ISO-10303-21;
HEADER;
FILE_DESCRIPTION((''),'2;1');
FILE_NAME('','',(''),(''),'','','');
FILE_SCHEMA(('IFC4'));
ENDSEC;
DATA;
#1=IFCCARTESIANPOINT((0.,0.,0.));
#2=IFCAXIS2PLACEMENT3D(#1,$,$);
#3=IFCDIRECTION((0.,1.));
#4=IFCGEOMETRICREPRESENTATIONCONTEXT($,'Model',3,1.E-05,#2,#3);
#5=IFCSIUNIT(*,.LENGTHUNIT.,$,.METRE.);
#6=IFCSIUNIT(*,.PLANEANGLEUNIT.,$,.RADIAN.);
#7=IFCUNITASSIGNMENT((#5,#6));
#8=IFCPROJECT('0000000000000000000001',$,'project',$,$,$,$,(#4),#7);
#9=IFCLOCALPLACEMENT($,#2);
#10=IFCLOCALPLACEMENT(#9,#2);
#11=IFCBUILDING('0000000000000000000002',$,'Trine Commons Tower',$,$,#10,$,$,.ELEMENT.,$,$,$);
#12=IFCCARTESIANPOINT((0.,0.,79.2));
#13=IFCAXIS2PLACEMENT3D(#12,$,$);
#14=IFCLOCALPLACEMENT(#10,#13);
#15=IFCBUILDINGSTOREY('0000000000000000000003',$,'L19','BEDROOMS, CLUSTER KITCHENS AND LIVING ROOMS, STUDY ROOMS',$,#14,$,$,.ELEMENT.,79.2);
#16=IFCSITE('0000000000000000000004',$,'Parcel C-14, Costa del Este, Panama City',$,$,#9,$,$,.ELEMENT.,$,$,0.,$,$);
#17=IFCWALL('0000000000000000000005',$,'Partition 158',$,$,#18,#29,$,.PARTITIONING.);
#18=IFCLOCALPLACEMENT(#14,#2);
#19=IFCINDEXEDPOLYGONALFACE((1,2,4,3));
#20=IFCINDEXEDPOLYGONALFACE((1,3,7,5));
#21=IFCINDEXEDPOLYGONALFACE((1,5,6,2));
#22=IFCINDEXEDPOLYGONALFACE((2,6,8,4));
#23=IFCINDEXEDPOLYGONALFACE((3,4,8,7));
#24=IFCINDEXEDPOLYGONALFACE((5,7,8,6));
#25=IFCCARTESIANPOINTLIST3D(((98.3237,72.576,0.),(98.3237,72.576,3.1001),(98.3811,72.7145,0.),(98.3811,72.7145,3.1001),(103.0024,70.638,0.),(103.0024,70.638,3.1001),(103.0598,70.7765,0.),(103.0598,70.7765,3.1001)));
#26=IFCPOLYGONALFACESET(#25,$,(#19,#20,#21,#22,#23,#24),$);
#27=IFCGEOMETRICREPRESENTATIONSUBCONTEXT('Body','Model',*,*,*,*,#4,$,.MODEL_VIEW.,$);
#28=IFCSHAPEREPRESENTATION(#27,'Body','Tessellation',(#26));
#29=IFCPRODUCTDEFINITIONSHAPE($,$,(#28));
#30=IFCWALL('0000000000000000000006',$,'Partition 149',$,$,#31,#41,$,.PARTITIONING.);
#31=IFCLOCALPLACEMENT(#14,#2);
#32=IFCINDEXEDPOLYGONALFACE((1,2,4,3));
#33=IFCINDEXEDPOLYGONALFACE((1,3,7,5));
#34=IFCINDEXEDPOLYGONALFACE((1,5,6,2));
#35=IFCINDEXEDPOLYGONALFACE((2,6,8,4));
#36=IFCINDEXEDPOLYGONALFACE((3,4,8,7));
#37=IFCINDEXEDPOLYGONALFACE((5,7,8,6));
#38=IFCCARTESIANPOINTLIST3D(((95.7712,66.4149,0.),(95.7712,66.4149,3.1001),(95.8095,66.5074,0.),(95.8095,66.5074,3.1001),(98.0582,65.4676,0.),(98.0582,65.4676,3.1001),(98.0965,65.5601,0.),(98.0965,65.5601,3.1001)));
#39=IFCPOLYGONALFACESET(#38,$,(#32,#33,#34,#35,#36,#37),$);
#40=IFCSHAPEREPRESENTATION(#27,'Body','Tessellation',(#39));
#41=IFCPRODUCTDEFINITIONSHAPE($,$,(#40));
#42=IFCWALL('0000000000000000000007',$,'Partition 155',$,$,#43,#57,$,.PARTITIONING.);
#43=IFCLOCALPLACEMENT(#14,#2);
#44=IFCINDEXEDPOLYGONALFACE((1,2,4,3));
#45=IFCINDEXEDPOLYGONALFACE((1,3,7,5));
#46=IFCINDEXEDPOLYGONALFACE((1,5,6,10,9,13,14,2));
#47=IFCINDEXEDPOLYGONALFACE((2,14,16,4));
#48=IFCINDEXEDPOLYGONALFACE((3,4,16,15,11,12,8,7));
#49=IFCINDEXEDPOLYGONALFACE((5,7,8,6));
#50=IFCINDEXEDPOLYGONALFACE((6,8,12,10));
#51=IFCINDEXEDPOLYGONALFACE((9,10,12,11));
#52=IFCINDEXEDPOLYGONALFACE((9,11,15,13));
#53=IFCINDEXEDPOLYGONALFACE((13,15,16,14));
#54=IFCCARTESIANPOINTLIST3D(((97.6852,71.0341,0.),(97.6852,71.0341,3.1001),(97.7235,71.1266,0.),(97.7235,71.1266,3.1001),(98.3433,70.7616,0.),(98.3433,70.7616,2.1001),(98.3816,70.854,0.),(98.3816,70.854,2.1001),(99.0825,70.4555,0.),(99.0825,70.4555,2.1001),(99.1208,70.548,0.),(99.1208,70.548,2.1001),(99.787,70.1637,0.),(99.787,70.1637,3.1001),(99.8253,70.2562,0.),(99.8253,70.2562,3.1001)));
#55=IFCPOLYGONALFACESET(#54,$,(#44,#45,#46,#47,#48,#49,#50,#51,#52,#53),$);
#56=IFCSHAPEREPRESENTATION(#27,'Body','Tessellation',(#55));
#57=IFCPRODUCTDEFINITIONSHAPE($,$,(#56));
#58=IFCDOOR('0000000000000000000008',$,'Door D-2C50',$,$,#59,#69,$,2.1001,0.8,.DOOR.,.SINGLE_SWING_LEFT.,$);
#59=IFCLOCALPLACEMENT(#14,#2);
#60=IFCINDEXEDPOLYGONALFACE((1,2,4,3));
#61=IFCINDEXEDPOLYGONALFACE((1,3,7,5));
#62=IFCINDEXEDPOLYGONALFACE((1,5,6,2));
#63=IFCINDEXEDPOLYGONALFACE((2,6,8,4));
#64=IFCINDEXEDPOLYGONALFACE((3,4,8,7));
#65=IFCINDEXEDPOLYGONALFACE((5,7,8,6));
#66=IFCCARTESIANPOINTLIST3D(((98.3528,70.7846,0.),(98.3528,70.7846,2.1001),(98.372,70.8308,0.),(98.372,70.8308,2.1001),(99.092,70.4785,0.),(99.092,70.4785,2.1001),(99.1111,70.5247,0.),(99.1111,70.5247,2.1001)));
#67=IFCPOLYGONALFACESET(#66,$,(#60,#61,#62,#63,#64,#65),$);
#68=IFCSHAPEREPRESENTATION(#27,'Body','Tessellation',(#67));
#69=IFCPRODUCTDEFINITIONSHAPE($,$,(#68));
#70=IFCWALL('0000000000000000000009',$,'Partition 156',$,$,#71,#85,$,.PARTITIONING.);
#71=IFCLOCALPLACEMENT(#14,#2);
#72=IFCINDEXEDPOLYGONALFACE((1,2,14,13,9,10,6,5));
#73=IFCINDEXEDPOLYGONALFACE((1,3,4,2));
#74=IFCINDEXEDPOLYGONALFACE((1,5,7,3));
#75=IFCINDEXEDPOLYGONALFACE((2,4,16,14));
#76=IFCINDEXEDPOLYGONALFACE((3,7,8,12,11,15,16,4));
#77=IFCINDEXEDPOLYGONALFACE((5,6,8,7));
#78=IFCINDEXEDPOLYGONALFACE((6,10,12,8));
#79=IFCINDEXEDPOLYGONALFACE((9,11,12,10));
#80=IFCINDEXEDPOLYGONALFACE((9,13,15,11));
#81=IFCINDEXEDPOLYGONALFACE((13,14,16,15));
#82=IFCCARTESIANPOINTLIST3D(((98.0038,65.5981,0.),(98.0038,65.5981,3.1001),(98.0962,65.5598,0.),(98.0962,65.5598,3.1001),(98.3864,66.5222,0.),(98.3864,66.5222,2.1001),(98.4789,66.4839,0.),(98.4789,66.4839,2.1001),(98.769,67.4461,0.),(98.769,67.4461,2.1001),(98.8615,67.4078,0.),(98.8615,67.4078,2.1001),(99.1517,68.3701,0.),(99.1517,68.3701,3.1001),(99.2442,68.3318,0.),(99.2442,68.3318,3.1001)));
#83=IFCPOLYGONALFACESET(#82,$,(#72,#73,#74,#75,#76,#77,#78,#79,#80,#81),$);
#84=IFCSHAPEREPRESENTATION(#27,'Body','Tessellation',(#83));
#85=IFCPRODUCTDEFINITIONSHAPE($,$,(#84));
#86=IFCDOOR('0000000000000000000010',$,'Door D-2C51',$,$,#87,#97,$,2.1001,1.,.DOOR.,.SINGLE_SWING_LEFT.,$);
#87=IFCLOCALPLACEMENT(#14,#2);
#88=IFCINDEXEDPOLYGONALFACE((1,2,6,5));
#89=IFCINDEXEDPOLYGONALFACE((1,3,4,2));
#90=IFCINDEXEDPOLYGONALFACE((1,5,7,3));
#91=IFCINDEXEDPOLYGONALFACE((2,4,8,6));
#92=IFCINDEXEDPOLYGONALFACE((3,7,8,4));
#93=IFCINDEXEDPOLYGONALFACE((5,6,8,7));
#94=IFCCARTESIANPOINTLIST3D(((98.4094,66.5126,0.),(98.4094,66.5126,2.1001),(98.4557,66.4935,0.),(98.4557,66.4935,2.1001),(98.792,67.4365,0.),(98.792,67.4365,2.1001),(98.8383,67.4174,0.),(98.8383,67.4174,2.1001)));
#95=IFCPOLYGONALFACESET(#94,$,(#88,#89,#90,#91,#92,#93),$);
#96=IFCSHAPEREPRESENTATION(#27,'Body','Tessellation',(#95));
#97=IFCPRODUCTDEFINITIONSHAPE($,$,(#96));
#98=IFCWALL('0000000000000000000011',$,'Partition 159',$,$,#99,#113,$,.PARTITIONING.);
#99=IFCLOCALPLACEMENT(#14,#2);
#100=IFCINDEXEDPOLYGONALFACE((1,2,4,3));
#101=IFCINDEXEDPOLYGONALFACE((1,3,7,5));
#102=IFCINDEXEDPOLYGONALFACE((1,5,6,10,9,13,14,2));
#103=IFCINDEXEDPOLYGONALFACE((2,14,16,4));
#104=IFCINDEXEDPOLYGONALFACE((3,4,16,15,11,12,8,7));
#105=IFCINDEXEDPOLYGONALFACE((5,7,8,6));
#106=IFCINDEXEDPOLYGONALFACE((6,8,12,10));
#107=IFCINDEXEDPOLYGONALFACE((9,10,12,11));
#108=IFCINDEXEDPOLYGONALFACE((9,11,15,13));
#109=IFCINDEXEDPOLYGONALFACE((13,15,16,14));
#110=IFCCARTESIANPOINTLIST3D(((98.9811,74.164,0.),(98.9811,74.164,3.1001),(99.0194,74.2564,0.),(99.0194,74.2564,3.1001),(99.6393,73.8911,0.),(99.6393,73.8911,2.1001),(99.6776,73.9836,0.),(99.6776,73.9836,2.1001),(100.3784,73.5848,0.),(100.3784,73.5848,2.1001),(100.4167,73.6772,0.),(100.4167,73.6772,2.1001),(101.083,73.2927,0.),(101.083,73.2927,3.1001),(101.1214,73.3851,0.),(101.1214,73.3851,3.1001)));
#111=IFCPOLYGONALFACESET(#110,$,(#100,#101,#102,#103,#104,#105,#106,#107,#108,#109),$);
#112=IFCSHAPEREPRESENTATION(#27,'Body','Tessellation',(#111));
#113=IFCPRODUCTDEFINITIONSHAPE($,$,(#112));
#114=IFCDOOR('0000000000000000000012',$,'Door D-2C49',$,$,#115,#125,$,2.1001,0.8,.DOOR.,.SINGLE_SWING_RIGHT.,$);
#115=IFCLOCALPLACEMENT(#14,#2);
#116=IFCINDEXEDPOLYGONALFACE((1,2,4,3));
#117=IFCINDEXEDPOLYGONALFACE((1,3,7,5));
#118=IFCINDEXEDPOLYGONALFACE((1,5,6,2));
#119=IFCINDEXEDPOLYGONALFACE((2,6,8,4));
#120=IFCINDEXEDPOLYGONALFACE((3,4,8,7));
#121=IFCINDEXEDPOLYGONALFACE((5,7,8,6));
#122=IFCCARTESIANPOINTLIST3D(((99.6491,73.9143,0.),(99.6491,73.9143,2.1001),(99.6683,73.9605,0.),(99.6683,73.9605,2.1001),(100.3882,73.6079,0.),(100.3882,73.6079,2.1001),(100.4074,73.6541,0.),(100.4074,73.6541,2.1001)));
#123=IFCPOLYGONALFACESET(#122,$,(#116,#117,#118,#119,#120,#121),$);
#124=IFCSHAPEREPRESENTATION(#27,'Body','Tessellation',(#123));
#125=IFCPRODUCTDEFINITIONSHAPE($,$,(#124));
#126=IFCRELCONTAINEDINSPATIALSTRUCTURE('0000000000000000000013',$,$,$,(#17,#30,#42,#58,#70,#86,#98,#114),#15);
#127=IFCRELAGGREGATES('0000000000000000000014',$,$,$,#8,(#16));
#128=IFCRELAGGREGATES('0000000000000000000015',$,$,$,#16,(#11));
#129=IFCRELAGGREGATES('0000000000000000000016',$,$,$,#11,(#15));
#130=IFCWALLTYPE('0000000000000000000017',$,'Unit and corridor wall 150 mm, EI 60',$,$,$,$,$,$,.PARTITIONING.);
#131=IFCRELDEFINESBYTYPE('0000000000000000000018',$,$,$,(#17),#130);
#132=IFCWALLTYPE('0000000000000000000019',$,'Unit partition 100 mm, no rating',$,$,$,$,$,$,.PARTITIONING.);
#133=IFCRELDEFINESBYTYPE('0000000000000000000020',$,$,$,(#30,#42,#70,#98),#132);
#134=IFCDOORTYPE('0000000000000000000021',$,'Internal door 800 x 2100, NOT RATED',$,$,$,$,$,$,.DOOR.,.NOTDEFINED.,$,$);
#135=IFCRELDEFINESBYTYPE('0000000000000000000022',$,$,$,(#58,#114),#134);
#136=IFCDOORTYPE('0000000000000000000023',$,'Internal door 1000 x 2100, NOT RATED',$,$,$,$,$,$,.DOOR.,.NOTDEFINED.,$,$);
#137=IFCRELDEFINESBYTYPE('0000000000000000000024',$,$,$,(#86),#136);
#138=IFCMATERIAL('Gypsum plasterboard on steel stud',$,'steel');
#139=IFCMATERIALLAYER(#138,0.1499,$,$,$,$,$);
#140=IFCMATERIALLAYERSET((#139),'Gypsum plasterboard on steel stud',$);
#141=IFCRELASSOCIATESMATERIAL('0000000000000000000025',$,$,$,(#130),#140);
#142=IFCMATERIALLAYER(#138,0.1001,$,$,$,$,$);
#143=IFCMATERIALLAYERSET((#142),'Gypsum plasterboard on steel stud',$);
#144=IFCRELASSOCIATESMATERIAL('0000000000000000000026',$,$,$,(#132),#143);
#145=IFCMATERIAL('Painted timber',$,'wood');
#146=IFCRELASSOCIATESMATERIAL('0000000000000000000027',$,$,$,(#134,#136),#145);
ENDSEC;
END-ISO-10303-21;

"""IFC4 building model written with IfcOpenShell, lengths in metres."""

from ifc_helpers import new_model, si_unit, direction, frame, frame_2d, origin, place, context, subcontext, project, spatial, rectangle, extrude, material, layer, layer_set, type_object, element, fill, save


model = new_model("IFC4")

# Units and contexts
model_context = context("Model", 3, precision=1e-05, world=origin(), true_north=direction((0.0, 1.0)))
body_context = subcontext(model_context, "Body", "Model", "MODEL_VIEW")
ifc_project = project(units=[si_unit("LENGTHUNIT", "METRE"), si_unit("PLANEANGLEUNIT", "RADIAN")], contexts=[model_context])

# Site, building, storey
site_placement = place(None, origin())
site = spatial("IfcSite", under=ifc_project, at=site_placement, Name="Parcel C-14, Costa del Este, Panama City", CompositionType="ELEMENT", RefElevation=0.0)
building_placement = place(site_placement, origin())
building = spatial("IfcBuilding", under=site, at=building_placement, Name="Trine Commons Tower", CompositionType="ELEMENT")
storey_placement = place(building_placement, frame((0.0, 0.0, 79.2)))
storey = spatial("IfcBuildingStorey", under=building, at=storey_placement, Name="L19", Description="BEDROOMS, CLUSTER KITCHENS AND LIVING ROOMS, STUDY ROOMS", CompositionType="ELEMENT", Elevation=79.2)

# Shared definitions
ifc_material_1 = material(Name="Gypsum plasterboard on steel stud", Category="steel")
ifc_layer_1 = layer(ifc_material_1, 0.1499)
ifc_layer_set_1 = layer_set([ifc_layer_1], Name="Gypsum plasterboard on steel stud")
wall_type_1 = type_object("IfcWallType", Name="Unit and corridor wall 150 mm, EI 60", PredefinedType="PARTITIONING", material=ifc_layer_set_1)

# Walls
wall_1_placement = place(storey_placement, frame((98.3523, 72.6453, 0.0), z_axis=(0.0, 0.0, 1.0), x_axis=(0.923879, -0.382684, 0.0)))
element("IfcWall", 1, at=wall_1_placement, inside=storey, type_object=wall_type_1, Name="Partition 158", PredefinedType="PARTITIONING", context=body_context, shape_type="SweptSolid", body=[
    extrude(rectangle(XDim=5.0642, YDim=0.1499, at=frame_2d((2.5322, 0.0))), origin(), (0.0, 0.0, 1.0), 3.1001),
])
ifc_layer_2 = layer(ifc_material_1, 0.1001)
ifc_layer_set_2 = layer_set([ifc_layer_2], Name="Gypsum plasterboard on steel stud")
wall_type_2 = type_object("IfcWallType", Name="Unit partition 100 mm, no rating", PredefinedType="PARTITIONING", material=ifc_layer_set_2)
wall_2_placement = place(storey_placement, frame((95.7903, 66.4612, 0.0), z_axis=(0.0, 0.0, 1.0), x_axis=(0.923877, -0.382689, 0.0)))
element("IfcWall", 2, at=wall_2_placement, inside=storey, type_object=wall_type_2, Name="Partition 149", PredefinedType="PARTITIONING", context=body_context, shape_type="SweptSolid", body=[
    extrude(rectangle(XDim=2.4753, YDim=0.1001, at=frame_2d((1.2378, 0.0))), origin(), (0.0, 0.0, 1.0), 3.1001),
])

# Walls, openings, doors
wall_3_placement = place(storey_placement, frame((97.7043, 71.0803, 0.0), z_axis=(0.0, 0.0, 1.0), x_axis=(0.923916, -0.382595, 0.0)))
wall_3 = element("IfcWall", 3, at=wall_3_placement, inside=storey, type_object=wall_type_2, Name="Partition 155", PredefinedType="PARTITIONING", context=body_context, shape_type="SweptSolid", body=[
    extrude(rectangle(XDim=2.2749, YDim=0.1001, at=frame_2d((1.1375, 0.0))), origin(), (0.0, 0.0, 1.0), 3.1001),
])
opening_1_placement = place(wall_3_placement, frame((0.7124, 0.0, 0.0)))
opening_1 = element("IfcOpeningElement", 4, at=opening_1_placement, cuts=wall_3, PredefinedType="OPENING", context=body_context, shape_type="SweptSolid", body=[
    extrude(rectangle(XDim=0.8, YDim=2.1001, at=frame_2d((0.3999, 1.05))), frame((0.0, 0.0601, 0.0), z_axis=(0.0, -1.0, 0.0), x_axis=(1.0, 0.0, 0.0)), (0.0, 0.0, 1.0), 0.1201),
])
ifc_material_2 = material(Name="Painted timber", Category="wood")
door_type_1 = type_object("IfcDoorType", Name="Internal door 800 x 2100, NOT RATED", OperationType="NOTDEFINED", PredefinedType="DOOR", material=ifc_material_2)
door_1_placement = place(opening_1_placement, origin())
door_1 = element("IfcDoor", 5, at=door_1_placement, inside=storey, type_object=door_type_1, Name="Door D-2C50", OperationType="SINGLE_SWING_LEFT", OverallHeight=2.1001, OverallWidth=0.8, PredefinedType="DOOR", context=body_context, shape_type="SweptSolid", body=[
    extrude(rectangle(XDim=0.8, YDim=2.1001, at=frame_2d((0.3999, 1.05))), frame((0.0, 0.0249, 0.0), z_axis=(0.0, -1.0, 0.0), x_axis=(1.0, 0.0, 0.0)), (0.0, 0.0, 1.0), 0.05),
])
fill(opening_1, door_1)
wall_4_placement = place(storey_placement, frame((98.05, 65.5791, 0.0), z_axis=(0.0, 0.0, 1.0), x_axis=(0.382615, 0.923908, 0.0)))
wall_4 = element("IfcWall", 6, at=wall_4_placement, inside=storey, type_object=wall_type_2, Name="Partition 156", PredefinedType="PARTITIONING", context=body_context, shape_type="SweptSolid", body=[
    extrude(rectangle(XDim=3.0002, YDim=0.1001, at=frame_2d((1.5, 0.0))), origin(), (0.0, 0.0, 1.0), 3.1001),
])
opening_2_placement = place(wall_4_placement, frame((1.0, 0.0, 0.0)))
opening_2 = element("IfcOpeningElement", 7, at=opening_2_placement, cuts=wall_4, PredefinedType="OPENING", context=body_context, shape_type="SweptSolid", body=[
    extrude(rectangle(XDim=1.0, YDim=2.1001, at=frame_2d((0.5, 1.05))), frame((0.0, 0.0601, 0.0), z_axis=(0.0, -1.0, 0.0), x_axis=(1.0, 0.0, 0.0)), (0.0, 0.0, 1.0), 0.1201),
])
door_type_2 = type_object("IfcDoorType", Name="Internal door 1000 x 2100, NOT RATED", OperationType="NOTDEFINED", PredefinedType="DOOR", material=ifc_material_2)
door_2_placement = place(opening_2_placement, frame((1.0, 0.0, 0.0), z_axis=(0.0, 0.0, 1.0), x_axis=(-1.0, 0.0, 0.0)))
door_2 = element("IfcDoor", 8, at=door_2_placement, inside=storey, type_object=door_type_2, Name="Door D-2C51", OperationType="SINGLE_SWING_LEFT", OverallHeight=2.1001, OverallWidth=1.0, PredefinedType="DOOR", context=body_context, shape_type="SweptSolid", body=[
    extrude(rectangle(XDim=1.0, YDim=2.1001, at=frame_2d((0.5, 1.05))), frame((0.0, 0.0249, 0.0), z_axis=(0.0, -1.0, 0.0), x_axis=(1.0, 0.0, 0.0)), (0.0, 0.0, 1.0), 0.05),
])
fill(opening_2, door_2)
wall_5_placement = place(storey_placement, frame((99.0002, 74.2102, 0.0), z_axis=(0.0, 0.0, 1.0), x_axis=(0.92378, -0.382923, 0.0)))
wall_5 = element("IfcWall", 9, at=wall_5_placement, inside=storey, type_object=wall_type_2, Name="Partition 159", PredefinedType="PARTITIONING", context=body_context, shape_type="SweptSolid", body=[
    extrude(rectangle(XDim=2.2754, YDim=0.1001, at=frame_2d((1.1377, 0.0))), origin(), (0.0, 0.0, 1.0), 3.1001),
])
opening_3_placement = place(wall_5_placement, frame((0.7126, 0.0, 0.0)))
opening_3 = element("IfcOpeningElement", 10, at=opening_3_placement, cuts=wall_5, PredefinedType="OPENING", context=body_context, shape_type="SweptSolid", body=[
    extrude(rectangle(XDim=0.8, YDim=2.1001, at=frame_2d((0.3999, 1.05))), frame((0.0, 0.0601, 0.0), z_axis=(0.0, -1.0, 0.0), x_axis=(1.0, 0.0, 0.0)), (0.0, 0.0, 1.0), 0.1201),
])
door_3_placement = place(opening_3_placement, frame((0.8, 0.0, 0.0), z_axis=(0.0, 0.0, 1.0), x_axis=(-1.0, 0.0, 0.0)))
door_3 = element("IfcDoor", 11, at=door_3_placement, inside=storey, type_object=door_type_1, Name="Door D-2C49", OperationType="SINGLE_SWING_RIGHT", OverallHeight=2.1001, OverallWidth=0.8, PredefinedType="DOOR", context=body_context, shape_type="SweptSolid", body=[
    extrude(rectangle(XDim=0.8, YDim=2.1001, at=frame_2d((0.3999, 1.05))), frame((0.0, 0.0249, 0.0), z_axis=(0.0, -1.0, 0.0), x_axis=(1.0, 0.0, 0.0)), (0.0, 0.0, 1.0), 0.05),
])
fill(opening_3, door_3)

save(model, "model.ifc")
